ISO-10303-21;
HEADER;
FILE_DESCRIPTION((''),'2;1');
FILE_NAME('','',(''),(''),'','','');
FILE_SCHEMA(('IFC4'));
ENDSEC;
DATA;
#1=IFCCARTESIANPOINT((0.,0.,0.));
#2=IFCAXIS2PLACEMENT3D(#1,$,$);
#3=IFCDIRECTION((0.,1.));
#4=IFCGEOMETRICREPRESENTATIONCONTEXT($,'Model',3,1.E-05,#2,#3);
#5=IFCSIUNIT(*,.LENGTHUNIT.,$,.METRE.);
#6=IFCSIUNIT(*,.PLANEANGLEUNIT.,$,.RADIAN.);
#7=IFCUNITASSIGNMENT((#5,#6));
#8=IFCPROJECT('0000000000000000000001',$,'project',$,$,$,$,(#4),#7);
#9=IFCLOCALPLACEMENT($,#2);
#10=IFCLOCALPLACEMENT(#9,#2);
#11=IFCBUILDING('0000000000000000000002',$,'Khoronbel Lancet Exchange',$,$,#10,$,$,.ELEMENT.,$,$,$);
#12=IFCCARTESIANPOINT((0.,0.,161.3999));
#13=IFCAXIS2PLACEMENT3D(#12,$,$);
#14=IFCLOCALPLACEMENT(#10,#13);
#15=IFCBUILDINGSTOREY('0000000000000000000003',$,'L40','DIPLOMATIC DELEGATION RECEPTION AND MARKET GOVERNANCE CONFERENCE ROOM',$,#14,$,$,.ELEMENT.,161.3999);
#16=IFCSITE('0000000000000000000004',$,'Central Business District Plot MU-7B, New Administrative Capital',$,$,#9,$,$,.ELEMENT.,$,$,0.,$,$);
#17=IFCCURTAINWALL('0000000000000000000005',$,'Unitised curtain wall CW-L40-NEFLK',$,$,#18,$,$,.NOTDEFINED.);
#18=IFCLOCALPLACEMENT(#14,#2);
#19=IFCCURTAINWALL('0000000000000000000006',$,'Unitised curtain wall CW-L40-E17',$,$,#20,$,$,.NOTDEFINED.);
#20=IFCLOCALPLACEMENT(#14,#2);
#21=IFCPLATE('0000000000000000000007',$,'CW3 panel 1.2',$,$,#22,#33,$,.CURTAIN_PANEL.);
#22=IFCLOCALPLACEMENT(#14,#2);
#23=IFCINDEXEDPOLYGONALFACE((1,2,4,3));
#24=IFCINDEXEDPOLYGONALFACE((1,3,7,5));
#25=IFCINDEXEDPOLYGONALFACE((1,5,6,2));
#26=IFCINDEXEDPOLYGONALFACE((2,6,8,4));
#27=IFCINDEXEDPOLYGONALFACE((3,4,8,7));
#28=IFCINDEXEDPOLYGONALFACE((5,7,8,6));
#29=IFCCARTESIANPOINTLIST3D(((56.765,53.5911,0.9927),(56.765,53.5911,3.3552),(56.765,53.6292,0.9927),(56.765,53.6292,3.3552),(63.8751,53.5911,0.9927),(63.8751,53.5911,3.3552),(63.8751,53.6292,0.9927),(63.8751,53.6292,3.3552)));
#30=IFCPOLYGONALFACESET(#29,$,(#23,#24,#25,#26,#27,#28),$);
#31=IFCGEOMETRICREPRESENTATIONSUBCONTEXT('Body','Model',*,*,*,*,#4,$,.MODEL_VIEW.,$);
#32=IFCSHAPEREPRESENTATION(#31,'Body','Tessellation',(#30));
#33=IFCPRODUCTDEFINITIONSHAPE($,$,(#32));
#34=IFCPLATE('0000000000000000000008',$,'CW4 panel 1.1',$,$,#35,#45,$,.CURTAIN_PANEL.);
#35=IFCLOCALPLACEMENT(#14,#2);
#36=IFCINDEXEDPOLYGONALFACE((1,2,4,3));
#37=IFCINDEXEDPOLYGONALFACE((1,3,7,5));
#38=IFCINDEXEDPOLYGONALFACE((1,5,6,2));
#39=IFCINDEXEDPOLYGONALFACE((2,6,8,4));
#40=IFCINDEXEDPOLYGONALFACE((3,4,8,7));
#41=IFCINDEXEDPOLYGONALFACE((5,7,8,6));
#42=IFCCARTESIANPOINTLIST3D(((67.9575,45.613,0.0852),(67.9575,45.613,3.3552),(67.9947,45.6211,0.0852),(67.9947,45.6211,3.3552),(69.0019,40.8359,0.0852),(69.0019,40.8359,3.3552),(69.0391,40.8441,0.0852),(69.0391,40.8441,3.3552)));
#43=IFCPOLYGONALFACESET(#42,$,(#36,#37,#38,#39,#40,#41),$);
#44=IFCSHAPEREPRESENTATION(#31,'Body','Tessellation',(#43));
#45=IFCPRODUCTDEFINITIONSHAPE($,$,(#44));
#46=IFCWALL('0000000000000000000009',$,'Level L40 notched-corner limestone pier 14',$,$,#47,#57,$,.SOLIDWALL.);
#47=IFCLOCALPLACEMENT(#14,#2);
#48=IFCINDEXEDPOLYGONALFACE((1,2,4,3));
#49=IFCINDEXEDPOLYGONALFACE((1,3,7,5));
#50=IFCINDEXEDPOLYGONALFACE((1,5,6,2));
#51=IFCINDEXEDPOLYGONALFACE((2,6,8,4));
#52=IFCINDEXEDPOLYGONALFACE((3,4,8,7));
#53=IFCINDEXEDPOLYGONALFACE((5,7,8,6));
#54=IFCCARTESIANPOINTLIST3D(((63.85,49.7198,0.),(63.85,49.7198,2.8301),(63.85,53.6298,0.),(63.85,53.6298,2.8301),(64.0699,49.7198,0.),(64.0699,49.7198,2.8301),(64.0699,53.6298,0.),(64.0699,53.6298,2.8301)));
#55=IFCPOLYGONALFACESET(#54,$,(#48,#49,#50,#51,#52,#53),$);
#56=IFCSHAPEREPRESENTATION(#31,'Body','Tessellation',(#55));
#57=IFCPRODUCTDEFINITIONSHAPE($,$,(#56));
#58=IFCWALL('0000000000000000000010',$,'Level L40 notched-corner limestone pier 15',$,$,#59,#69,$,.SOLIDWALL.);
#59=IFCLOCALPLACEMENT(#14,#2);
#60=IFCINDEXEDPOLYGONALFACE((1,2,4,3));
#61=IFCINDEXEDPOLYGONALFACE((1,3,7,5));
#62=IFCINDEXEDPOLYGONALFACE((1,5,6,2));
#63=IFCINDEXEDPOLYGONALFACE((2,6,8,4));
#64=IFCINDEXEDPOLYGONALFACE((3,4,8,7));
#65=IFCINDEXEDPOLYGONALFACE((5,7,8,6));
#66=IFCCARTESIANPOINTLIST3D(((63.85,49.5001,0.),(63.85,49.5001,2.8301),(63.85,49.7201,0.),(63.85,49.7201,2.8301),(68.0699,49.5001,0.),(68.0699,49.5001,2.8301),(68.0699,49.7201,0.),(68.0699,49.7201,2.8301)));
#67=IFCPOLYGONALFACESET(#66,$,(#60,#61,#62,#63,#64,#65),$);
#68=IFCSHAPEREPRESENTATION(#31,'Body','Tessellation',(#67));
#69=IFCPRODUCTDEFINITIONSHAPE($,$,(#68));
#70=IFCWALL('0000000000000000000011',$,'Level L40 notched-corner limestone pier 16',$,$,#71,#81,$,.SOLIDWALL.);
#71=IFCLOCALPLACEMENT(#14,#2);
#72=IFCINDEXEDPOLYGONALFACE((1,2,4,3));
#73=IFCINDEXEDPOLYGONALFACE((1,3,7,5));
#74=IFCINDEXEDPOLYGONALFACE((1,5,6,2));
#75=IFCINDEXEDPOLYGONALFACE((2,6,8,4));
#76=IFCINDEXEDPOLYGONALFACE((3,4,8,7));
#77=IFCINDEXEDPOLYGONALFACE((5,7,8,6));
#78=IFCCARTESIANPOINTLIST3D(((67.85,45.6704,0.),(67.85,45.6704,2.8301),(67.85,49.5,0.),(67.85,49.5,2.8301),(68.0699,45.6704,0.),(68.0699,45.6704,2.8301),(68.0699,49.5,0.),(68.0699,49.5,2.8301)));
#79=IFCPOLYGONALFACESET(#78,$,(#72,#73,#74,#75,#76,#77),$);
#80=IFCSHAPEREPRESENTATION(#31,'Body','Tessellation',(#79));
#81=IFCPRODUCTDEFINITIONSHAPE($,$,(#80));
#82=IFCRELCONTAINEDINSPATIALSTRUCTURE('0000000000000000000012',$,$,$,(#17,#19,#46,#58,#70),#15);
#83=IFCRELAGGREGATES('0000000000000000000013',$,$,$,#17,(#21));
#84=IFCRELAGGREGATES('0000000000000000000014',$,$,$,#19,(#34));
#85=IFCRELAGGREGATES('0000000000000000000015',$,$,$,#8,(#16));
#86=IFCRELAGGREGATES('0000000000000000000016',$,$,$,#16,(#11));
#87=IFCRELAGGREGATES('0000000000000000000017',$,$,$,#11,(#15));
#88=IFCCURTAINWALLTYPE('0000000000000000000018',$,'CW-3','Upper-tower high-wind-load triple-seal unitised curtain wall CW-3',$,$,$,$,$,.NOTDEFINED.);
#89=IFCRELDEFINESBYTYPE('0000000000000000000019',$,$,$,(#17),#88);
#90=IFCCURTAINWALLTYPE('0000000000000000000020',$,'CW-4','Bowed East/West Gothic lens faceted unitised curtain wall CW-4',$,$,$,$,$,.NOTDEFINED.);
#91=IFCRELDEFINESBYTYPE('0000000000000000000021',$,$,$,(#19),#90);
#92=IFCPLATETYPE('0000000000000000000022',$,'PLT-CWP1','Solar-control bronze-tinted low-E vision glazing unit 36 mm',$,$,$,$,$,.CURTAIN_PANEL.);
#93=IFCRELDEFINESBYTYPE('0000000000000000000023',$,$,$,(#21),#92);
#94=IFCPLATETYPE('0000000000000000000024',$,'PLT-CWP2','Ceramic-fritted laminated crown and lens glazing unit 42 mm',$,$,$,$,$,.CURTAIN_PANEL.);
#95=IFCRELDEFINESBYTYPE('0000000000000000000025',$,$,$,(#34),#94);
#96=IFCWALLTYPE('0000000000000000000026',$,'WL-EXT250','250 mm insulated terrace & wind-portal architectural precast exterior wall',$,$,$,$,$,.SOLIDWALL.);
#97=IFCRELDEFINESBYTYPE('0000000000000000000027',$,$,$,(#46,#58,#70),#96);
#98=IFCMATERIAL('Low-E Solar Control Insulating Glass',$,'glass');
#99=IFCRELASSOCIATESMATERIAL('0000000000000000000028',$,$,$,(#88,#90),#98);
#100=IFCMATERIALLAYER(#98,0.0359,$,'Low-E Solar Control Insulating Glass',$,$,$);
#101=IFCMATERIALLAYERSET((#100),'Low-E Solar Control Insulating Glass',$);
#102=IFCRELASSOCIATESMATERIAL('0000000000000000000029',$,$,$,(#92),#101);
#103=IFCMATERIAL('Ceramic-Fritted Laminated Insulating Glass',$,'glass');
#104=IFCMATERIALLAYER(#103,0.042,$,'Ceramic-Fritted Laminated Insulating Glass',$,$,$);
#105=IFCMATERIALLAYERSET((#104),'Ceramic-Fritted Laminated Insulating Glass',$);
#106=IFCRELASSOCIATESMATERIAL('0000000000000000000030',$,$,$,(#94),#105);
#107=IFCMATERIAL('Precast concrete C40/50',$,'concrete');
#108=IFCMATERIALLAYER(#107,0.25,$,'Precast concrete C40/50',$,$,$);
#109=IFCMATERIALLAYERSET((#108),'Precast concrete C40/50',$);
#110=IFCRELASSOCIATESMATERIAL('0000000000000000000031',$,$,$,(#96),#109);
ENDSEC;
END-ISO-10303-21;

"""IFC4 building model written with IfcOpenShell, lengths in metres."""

from ifc_helpers import new_model, si_unit, direction, frame, frame_2d, origin, origin_2d, place, context, subcontext, project, spatial, rectangle, extrude, material, layer, layer_set, type_object, element, aggregate, save


model = new_model("IFC4")

# Units and contexts
model_context = context("Model", 3, precision=1e-05, world=origin(), true_north=direction((0.0, 1.0)))
body_context = subcontext(model_context, "Body", "Model", "MODEL_VIEW")
ifc_project = project(units=[si_unit("LENGTHUNIT", "METRE"), si_unit("PLANEANGLEUNIT", "RADIAN")], contexts=[model_context])

# Site, building, storey
site_placement = place(None, origin())
site = spatial("IfcSite", under=ifc_project, at=site_placement, Name="Central Business District Plot MU-7B, New Administrative Capital", CompositionType="ELEMENT", RefElevation=0.0)
building_placement = place(site_placement, origin())
building = spatial("IfcBuilding", under=site, at=building_placement, Name="Khoronbel Lancet Exchange", CompositionType="ELEMENT")
storey_placement = place(building_placement, frame((0.0, 0.0, 161.3999)))
storey = spatial("IfcBuildingStorey", under=building, at=storey_placement, Name="L40", Description="DIPLOMATIC DELEGATION RECEPTION AND MARKET GOVERNANCE CONFERENCE ROOM", CompositionType="ELEMENT", Elevation=161.3999)

# Curtain wall
ifc_material_1 = material(Name="Low-E Solar Control Insulating Glass", Category="glass")
curtain_wall_type_1 = type_object("IfcCurtainWallType", Name="CW-3", Description="Upper-tower high-wind-load triple-seal unitised curtain wall CW-3", PredefinedType="NOTDEFINED", material=ifc_material_1)
curtain_wall_1_placement = place(storey_placement, origin())
curtain_wall_1 = element("IfcCurtainWall", 1, at=curtain_wall_1_placement, inside=storey, type_object=curtain_wall_type_1, Name="Unitised curtain wall CW-L40-NEFLK", PredefinedType="NOTDEFINED")

# Curtain wall
curtain_wall_type_2 = type_object("IfcCurtainWallType", Name="CW-4", Description="Bowed East/West Gothic lens faceted unitised curtain wall CW-4", PredefinedType="NOTDEFINED", material=ifc_material_1)
curtain_wall_2_placement = place(storey_placement, origin())
curtain_wall_2 = element("IfcCurtainWall", 2, at=curtain_wall_2_placement, inside=storey, type_object=curtain_wall_type_2, Name="Unitised curtain wall CW-L40-E17", PredefinedType="NOTDEFINED")

# Plates
ifc_layer_1 = layer(ifc_material_1, 0.0359, Name="Low-E Solar Control Insulating Glass")
ifc_layer_set_1 = layer_set([ifc_layer_1], Name="Low-E Solar Control Insulating Glass")
plate_type_1 = type_object("IfcPlateType", Name="PLT-CWP1", Description="Solar-control bronze-tinted low-E vision glazing unit 36 mm", PredefinedType="CURTAIN_PANEL", material=ifc_layer_set_1)
plate_1_placement = place(storey_placement, frame((60.3201, 53.6101, 0.9927), z_axis=(0.0, 0.0, 1.0), x_axis=(-1.0, 0.0, 0.0)))
plate_1 = element("IfcPlate", 3, at=plate_1_placement, type_object=plate_type_1, Name="CW3 panel 1.2", PredefinedType="CURTAIN_PANEL", context=body_context, shape_type="SweptSolid", body=[
    extrude(rectangle(XDim=7.1101, YDim=0.0381, at=origin_2d()), origin(), (0.0, 0.0, 1.0), 2.3625),
])
aggregate(curtain_wall_1, [plate_1])
ifc_material_2 = material(Name="Ceramic-Fritted Laminated Insulating Glass", Category="glass")
ifc_layer_2 = layer(ifc_material_2, 0.042, Name="Ceramic-Fritted Laminated Insulating Glass")
ifc_layer_set_2 = layer_set([ifc_layer_2], Name="Ceramic-Fritted Laminated Insulating Glass")
plate_type_2 = type_object("IfcPlateType", Name="PLT-CWP2", Description="Ceramic-fritted laminated crown and lens glazing unit 42 mm", PredefinedType="CURTAIN_PANEL", material=ifc_layer_set_2)
plate_2_placement = place(storey_placement, frame((68.4983, 43.2285, 0.0852), z_axis=(0.0, 0.0, 1.0), x_axis=(0.213591, -0.976923, 0.0)))
plate_2 = element("IfcPlate", 4, at=plate_2_placement, type_object=plate_type_2, Name="CW4 panel 1.1", PredefinedType="CURTAIN_PANEL", context=body_context, shape_type="SweptSolid", body=[
    extrude(rectangle(XDim=4.8899, YDim=0.0381, at=origin_2d()), origin(), (0.0, 0.0, 1.0), 3.27),
])
aggregate(curtain_wall_2, [plate_2])

# Walls
ifc_material_3 = material(Name="Precast concrete C40/50", Category="concrete")
ifc_layer_3 = layer(ifc_material_3, 0.25, Name="Precast concrete C40/50")
ifc_layer_set_3 = layer_set([ifc_layer_3], Name="Precast concrete C40/50")
wall_type = type_object("IfcWallType", Name="WL-EXT250", Description="250 mm insulated terrace & wind-portal architectural precast exterior wall", PredefinedType="SOLIDWALL", material=ifc_layer_set_3)
wall_1_placement = place(storey_placement, frame((63.96, 53.6299, 0.0), z_axis=(0.0, 0.0, 1.0), x_axis=(0.0, -1.0, 0.0)))
element("IfcWall", 5, at=wall_1_placement, inside=storey, type_object=wall_type, Name="Level L40 notched-corner limestone pier 14", PredefinedType="SOLIDWALL", context=body_context, shape_type="SweptSolid", body=[
    extrude(rectangle(XDim=3.9099, YDim=0.22, at=frame_2d((1.9551, 0.0))), origin(), (0.0, 0.0, 1.0), 2.8301),
])
wall_2_placement = place(storey_placement, frame((63.8501, 49.6101, 0.0), z_axis=(0.0, 0.0, 1.0), x_axis=(1.0, 0.0, 0.0)))
element("IfcWall", 6, at=wall_2_placement, inside=storey, type_object=wall_type, Name="Level L40 notched-corner limestone pier 15", PredefinedType="SOLIDWALL", context=body_context, shape_type="SweptSolid", body=[
    extrude(rectangle(XDim=4.22, YDim=0.22, at=frame_2d((2.1099, 0.0))), origin(), (0.0, 0.0, 1.0), 2.8301),
])
wall_3_placement = place(storey_placement, frame((67.96, 49.5, 0.0), z_axis=(0.0, 0.0, 1.0), x_axis=(0.0, -1.0, 0.0)))
element("IfcWall", 7, at=wall_3_placement, inside=storey, type_object=wall_type, Name="Level L40 notched-corner limestone pier 16", PredefinedType="SOLIDWALL", context=body_context, shape_type="SweptSolid", body=[
    extrude(rectangle(XDim=3.8296, YDim=0.22, at=frame_2d((1.9148, 0.0))), origin(), (0.0, 0.0, 1.0), 2.8301),
])

save(model, "model.ifc")
